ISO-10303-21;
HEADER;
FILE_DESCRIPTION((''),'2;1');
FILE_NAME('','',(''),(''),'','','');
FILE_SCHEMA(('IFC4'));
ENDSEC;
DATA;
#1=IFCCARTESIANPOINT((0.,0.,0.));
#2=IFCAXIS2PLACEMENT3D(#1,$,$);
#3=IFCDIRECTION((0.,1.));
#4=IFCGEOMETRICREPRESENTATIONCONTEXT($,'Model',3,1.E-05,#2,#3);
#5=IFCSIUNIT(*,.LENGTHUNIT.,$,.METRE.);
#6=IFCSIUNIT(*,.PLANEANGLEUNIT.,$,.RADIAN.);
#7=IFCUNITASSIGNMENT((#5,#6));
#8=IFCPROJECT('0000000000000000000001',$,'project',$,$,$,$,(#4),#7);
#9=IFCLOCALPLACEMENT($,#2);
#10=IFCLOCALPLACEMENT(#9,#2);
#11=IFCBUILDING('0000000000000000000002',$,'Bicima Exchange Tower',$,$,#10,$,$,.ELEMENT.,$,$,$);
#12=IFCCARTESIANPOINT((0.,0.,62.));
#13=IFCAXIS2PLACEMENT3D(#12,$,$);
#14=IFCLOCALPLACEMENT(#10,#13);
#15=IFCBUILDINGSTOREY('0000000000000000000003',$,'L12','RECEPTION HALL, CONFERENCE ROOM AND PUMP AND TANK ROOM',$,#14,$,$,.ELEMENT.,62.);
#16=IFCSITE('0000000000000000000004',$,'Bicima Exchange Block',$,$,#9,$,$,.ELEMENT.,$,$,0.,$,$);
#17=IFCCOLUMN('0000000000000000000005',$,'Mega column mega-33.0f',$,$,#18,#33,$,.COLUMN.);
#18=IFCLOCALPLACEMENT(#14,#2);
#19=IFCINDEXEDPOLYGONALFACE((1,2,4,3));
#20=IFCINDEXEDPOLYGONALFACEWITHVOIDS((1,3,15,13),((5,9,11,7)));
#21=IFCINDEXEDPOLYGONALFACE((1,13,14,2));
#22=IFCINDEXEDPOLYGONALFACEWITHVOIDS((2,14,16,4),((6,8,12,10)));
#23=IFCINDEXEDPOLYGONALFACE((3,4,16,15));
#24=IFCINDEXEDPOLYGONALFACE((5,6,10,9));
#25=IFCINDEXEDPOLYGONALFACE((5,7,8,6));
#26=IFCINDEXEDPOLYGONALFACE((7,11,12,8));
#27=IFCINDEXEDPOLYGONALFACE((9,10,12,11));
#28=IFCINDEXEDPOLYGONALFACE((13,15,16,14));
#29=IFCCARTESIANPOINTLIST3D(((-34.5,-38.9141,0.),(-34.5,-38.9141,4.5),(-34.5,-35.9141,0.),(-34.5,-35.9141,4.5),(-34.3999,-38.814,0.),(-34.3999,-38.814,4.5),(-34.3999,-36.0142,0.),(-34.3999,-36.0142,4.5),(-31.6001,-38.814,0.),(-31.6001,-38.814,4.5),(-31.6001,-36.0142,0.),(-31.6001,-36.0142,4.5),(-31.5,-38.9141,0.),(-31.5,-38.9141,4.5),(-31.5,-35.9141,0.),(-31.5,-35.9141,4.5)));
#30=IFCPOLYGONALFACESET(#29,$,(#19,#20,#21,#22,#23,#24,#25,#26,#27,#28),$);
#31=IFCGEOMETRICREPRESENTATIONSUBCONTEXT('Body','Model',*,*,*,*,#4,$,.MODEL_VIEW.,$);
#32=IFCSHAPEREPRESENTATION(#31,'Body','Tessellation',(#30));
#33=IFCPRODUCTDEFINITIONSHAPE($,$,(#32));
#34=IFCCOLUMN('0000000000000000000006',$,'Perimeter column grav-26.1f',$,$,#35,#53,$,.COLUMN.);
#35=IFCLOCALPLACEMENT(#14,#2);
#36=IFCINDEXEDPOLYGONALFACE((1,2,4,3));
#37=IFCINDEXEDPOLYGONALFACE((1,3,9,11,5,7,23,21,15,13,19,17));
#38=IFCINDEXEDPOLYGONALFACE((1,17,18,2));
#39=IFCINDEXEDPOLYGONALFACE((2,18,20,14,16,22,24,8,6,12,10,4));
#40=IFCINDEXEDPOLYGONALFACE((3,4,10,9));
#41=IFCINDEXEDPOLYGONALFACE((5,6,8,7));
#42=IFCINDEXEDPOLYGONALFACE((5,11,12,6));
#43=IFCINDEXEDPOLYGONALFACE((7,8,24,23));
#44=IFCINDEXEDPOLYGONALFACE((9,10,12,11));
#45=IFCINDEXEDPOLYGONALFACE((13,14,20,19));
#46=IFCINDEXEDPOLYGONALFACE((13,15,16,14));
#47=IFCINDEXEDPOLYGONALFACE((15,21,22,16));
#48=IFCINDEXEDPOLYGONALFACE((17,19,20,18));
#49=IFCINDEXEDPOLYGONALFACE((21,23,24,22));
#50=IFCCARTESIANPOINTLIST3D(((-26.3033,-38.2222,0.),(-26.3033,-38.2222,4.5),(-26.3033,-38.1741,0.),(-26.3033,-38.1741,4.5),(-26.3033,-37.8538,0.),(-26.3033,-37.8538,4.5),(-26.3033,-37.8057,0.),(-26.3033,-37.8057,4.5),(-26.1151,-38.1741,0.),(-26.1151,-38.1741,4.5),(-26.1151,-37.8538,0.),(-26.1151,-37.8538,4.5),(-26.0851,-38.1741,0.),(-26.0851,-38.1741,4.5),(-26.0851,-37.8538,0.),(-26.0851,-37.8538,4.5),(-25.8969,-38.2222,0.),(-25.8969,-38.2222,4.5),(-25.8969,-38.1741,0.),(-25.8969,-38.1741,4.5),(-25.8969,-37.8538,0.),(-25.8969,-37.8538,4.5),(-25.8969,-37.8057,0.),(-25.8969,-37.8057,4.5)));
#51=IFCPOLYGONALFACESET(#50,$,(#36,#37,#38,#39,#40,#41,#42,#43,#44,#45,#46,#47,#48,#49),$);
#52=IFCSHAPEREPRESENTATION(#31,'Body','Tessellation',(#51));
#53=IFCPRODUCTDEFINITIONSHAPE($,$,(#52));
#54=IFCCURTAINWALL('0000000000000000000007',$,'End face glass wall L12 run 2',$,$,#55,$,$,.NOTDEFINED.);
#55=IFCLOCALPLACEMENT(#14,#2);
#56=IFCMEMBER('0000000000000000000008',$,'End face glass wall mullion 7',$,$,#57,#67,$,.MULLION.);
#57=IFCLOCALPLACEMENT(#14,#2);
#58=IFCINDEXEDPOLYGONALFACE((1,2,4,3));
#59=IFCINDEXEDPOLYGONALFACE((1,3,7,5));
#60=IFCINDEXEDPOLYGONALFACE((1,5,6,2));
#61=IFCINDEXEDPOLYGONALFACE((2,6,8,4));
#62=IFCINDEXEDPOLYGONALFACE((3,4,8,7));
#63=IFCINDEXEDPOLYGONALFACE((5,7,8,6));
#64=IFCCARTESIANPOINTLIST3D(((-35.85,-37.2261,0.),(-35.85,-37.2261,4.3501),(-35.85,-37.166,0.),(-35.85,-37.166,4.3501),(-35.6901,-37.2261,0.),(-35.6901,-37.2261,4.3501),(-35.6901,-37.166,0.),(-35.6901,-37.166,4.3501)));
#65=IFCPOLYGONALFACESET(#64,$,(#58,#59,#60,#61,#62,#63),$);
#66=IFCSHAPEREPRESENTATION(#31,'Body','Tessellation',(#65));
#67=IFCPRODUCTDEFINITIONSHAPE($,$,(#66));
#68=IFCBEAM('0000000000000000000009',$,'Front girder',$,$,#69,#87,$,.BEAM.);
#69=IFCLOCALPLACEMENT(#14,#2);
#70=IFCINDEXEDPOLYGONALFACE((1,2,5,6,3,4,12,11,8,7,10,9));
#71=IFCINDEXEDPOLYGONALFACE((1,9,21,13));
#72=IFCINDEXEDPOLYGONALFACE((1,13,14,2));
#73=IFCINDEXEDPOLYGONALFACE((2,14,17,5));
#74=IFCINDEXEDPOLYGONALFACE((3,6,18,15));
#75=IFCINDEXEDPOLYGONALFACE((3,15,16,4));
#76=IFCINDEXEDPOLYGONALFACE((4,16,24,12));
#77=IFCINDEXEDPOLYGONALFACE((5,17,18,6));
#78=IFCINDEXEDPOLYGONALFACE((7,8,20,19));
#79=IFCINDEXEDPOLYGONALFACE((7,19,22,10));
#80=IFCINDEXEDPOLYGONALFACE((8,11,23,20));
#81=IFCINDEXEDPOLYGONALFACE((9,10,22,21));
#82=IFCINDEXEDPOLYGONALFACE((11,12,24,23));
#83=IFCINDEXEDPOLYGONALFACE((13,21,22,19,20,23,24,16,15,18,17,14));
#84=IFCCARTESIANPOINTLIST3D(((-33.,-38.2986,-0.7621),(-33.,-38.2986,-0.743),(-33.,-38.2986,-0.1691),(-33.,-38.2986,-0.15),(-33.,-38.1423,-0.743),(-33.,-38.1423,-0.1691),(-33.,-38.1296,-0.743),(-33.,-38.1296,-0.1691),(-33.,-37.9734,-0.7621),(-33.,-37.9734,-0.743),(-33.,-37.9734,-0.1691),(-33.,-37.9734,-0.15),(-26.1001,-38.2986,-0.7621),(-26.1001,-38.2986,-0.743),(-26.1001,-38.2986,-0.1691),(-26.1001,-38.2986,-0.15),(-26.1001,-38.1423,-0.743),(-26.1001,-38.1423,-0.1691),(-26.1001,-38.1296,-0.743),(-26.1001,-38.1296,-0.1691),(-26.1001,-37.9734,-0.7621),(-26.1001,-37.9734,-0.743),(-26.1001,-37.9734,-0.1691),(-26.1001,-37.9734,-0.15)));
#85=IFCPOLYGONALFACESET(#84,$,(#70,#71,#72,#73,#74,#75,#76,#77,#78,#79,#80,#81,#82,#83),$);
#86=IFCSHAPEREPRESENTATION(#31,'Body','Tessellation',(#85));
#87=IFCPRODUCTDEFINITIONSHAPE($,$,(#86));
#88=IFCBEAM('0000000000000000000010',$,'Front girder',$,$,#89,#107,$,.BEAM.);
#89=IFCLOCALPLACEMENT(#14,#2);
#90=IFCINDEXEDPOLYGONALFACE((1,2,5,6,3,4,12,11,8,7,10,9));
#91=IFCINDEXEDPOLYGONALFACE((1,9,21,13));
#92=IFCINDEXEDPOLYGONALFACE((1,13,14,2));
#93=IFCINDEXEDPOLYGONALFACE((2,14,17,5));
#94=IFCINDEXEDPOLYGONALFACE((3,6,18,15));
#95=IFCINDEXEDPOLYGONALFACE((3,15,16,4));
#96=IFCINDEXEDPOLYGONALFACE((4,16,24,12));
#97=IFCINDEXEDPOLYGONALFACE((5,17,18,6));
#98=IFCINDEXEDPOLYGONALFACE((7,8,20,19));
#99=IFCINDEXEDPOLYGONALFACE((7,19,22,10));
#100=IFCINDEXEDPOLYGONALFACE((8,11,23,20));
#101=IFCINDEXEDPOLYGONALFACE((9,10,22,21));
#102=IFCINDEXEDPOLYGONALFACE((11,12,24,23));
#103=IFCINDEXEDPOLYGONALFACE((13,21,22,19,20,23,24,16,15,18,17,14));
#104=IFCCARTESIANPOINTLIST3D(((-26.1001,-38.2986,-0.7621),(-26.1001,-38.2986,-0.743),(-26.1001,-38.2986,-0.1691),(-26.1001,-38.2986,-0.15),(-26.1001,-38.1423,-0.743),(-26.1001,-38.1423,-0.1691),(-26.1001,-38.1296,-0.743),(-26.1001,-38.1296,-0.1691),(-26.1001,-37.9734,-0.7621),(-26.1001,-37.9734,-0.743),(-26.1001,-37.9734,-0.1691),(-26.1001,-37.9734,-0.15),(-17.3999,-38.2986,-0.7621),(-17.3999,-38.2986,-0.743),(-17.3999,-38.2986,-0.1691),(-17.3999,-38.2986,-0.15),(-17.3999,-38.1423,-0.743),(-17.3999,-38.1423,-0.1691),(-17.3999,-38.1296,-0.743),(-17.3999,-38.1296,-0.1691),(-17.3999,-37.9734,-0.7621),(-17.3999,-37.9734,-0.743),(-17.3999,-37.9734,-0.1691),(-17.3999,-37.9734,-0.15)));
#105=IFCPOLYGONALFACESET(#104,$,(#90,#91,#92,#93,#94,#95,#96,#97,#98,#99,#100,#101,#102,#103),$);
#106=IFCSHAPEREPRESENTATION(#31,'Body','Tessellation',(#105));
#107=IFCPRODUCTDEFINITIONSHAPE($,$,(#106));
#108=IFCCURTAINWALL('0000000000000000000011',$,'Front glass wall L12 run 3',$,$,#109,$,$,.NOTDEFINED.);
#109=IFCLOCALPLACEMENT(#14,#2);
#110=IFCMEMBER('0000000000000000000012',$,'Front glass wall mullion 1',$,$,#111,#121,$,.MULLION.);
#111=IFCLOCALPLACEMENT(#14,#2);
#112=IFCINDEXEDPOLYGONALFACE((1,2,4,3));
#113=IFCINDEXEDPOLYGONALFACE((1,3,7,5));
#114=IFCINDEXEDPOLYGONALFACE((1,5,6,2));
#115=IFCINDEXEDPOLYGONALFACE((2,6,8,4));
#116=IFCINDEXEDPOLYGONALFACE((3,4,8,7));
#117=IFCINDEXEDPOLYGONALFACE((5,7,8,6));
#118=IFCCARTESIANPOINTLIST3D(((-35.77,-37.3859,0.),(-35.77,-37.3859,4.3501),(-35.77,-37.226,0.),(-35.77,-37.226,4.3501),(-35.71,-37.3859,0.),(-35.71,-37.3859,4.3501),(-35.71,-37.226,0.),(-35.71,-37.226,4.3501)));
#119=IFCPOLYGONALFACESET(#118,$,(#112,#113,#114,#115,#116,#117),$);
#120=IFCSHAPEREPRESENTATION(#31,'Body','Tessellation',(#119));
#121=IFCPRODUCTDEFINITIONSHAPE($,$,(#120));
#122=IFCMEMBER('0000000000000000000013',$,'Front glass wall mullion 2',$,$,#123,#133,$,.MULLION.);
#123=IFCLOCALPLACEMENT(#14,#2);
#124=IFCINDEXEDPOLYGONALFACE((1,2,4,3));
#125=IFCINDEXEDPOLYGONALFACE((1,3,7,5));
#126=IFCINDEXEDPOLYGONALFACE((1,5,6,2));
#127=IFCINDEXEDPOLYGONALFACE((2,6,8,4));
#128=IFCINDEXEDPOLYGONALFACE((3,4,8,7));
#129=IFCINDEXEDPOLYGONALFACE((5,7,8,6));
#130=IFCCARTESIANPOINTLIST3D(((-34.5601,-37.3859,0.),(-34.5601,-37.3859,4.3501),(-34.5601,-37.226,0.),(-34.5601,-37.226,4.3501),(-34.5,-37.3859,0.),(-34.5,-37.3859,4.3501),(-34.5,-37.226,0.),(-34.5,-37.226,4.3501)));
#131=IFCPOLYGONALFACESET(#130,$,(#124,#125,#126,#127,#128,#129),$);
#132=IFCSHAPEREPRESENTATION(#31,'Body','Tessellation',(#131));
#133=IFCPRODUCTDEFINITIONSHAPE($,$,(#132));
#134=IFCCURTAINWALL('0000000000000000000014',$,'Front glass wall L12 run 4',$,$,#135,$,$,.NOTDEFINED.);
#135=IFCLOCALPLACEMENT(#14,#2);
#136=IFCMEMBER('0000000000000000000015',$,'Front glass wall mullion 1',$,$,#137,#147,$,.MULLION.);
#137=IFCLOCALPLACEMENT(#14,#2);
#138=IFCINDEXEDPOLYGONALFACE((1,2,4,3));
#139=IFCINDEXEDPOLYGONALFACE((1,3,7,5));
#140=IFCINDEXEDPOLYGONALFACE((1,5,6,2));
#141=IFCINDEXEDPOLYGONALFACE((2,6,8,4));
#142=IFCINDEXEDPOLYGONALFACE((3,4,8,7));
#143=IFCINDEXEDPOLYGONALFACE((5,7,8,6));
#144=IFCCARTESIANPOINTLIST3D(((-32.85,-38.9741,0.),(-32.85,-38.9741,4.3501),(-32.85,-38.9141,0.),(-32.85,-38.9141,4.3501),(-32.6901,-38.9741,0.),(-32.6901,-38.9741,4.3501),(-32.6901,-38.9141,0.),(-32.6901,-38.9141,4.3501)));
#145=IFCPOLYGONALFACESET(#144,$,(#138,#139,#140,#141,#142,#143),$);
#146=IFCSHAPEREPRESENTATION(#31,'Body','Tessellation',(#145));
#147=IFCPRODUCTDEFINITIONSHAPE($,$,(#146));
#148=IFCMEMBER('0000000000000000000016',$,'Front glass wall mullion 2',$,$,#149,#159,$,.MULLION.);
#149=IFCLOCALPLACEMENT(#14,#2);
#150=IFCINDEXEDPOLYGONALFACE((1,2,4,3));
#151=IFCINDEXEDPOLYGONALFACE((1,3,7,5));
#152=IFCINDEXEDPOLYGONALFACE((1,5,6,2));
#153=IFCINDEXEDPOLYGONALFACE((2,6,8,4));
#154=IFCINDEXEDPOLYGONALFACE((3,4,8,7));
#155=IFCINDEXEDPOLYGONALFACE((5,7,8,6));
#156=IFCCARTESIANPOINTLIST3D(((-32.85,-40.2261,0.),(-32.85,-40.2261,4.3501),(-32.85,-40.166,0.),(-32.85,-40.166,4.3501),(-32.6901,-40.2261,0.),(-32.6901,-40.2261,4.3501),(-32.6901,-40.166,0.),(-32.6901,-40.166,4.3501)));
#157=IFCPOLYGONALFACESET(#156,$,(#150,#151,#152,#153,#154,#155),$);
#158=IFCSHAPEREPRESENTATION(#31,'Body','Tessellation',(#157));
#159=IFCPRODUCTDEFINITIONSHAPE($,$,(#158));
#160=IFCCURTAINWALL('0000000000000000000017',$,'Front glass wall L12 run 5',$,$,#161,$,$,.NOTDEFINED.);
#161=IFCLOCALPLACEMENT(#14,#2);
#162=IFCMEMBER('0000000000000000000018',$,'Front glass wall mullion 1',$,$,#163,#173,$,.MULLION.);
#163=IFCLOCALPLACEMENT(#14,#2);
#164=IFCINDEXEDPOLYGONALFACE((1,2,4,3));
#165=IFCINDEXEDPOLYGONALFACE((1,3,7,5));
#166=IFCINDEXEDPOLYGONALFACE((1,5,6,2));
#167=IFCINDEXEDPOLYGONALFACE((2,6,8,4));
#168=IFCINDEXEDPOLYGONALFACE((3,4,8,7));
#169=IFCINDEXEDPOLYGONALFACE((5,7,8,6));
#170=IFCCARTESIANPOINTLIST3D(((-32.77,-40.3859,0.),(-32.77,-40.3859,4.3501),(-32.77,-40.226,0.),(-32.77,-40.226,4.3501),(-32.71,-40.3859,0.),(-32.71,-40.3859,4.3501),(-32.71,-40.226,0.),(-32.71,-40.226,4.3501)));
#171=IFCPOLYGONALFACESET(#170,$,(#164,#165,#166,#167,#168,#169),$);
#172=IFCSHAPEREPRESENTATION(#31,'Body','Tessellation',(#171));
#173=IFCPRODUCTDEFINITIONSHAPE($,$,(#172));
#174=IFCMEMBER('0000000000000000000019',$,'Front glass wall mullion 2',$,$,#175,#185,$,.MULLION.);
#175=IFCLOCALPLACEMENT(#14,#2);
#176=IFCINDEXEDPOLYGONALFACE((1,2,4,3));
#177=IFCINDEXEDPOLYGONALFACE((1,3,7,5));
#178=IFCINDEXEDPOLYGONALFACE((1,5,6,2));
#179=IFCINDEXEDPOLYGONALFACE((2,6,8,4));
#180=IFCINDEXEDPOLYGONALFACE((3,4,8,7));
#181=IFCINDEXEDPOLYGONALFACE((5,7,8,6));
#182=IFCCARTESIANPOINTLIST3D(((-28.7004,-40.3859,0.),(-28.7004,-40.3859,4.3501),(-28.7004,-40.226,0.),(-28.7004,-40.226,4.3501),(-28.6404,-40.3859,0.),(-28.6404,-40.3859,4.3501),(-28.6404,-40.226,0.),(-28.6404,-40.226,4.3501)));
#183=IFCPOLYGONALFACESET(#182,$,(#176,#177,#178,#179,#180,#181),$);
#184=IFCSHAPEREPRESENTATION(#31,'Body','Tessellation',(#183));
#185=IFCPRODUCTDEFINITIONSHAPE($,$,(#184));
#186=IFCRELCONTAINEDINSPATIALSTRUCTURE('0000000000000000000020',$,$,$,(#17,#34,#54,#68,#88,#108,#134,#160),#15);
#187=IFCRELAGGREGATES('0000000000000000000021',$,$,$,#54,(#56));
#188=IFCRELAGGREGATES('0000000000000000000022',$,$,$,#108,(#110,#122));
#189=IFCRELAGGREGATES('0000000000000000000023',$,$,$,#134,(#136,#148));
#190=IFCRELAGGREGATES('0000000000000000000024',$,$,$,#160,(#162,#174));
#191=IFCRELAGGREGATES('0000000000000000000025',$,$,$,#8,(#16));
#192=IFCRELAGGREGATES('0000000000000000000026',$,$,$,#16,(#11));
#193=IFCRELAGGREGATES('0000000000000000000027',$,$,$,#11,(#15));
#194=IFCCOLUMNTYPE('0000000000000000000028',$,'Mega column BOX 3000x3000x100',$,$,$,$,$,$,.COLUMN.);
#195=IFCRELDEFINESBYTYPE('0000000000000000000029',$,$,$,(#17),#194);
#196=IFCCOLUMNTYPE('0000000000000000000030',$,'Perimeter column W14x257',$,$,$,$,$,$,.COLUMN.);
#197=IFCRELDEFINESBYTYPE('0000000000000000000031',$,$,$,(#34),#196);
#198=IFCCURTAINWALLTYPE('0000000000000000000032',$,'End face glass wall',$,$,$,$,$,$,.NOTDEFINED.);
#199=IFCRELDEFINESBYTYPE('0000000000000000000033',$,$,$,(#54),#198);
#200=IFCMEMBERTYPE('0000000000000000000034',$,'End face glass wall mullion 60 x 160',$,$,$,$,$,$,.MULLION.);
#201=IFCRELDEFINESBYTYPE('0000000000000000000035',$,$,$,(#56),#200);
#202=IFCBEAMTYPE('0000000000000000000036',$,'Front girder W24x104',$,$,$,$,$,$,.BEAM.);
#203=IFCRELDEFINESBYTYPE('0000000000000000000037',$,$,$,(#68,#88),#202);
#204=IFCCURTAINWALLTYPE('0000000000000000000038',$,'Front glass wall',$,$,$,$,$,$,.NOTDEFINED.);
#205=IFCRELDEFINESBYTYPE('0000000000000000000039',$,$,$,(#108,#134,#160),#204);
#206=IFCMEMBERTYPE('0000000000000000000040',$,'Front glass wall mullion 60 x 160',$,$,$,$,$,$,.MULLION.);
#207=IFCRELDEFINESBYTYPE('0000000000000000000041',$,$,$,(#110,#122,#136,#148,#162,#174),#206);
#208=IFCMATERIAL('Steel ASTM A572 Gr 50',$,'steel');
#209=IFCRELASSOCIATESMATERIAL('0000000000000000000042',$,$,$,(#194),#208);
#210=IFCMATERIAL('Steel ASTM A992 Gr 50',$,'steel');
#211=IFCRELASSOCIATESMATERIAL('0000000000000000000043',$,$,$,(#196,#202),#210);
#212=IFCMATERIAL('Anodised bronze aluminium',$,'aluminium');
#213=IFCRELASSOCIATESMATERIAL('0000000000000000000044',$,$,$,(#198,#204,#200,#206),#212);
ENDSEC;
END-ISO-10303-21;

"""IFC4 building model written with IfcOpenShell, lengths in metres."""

from ifc_helpers import new_model, si_unit, direction, frame, origin, origin_2d, place, context, subcontext, project, spatial, rectangle, hollow_rectangle, i_section, extrude, material, material_profile, profile_set, type_object, element, aggregate, save


model = new_model("IFC4")

# Units and contexts
model_context = context("Model", 3, precision=1e-05, world=origin(), true_north=direction((0.0, 1.0)))
body_context = subcontext(model_context, "Body", "Model", "MODEL_VIEW")
ifc_project = project(units=[si_unit("LENGTHUNIT", "METRE"), si_unit("PLANEANGLEUNIT", "RADIAN")], contexts=[model_context])

# Site, building, storey
site_placement = place(None, origin())
site = spatial("IfcSite", under=ifc_project, at=site_placement, Name="Bicima Exchange Block", CompositionType="ELEMENT", RefElevation=0.0)
building_placement = place(site_placement, origin())
building = spatial("IfcBuilding", under=site, at=building_placement, Name="Bicima Exchange Tower", CompositionType="ELEMENT")
storey_placement = place(building_placement, frame((0.0, 0.0, 62.0)))
storey = spatial("IfcBuildingStorey", under=building, at=storey_placement, Name="L12", Description="RECEPTION HALL, CONFERENCE ROOM AND PUMP AND TANK ROOM", CompositionType="ELEMENT", Elevation=62.0)

# Columns
ifc_material_1 = material(Name="Steel ASTM A572 Gr 50", Category="steel")
ifc_material_profile_1 = material_profile(ifc_material_1, hollow_rectangle(XDim=3.0, YDim=3.0, WallThickness=0.1001, at=origin_2d()))
ifc_profile_set_1 = profile_set([ifc_material_profile_1], Name="Steel ASTM A572 Gr 50")
column_type_1 = type_object("IfcColumnType", Name="Mega column BOX 3000x3000x100", PredefinedType="COLUMN", material=ifc_profile_set_1)
column_1_placement = place(storey_placement, frame((-33.0, -37.4141, 0.0), z_axis=(0.0, 0.0, 1.0), x_axis=(1.0, 0.0, 0.0)))
element("IfcColumn", 1, at=column_1_placement, inside=storey, type_object=column_type_1, Name="Mega column mega-33.0f", PredefinedType="COLUMN", context=body_context, shape_type="SweptSolid", body=[
    extrude(hollow_rectangle(XDim=3.0, YDim=3.0, WallThickness=0.1001, at=origin_2d()), origin(), (0.0, 0.0, 1.0), 4.5),
])
ifc_material_2 = material(Name="Steel ASTM A992 Gr 50", Category="steel")
ifc_material_profile_2 = material_profile(ifc_material_2, i_section(OverallWidth=0.4065, OverallDepth=0.4165, WebThickness=0.03, FlangeThickness=0.0481, at=origin_2d()))
ifc_profile_set_2 = profile_set([ifc_material_profile_2], Name="Steel ASTM A992 Gr 50")
column_type_2 = type_object("IfcColumnType", Name="Perimeter column W14x257", PredefinedType="COLUMN", material=ifc_profile_set_2)
column_2_placement = place(storey_placement, frame((-26.1001, -38.0139, 0.0), z_axis=(0.0, 0.0, 1.0), x_axis=(1.0, 0.0, 0.0)))
element("IfcColumn", 2, at=column_2_placement, inside=storey, type_object=column_type_2, Name="Perimeter column grav-26.1f", PredefinedType="COLUMN", context=body_context, shape_type="SweptSolid", body=[
    extrude(i_section(OverallWidth=0.4065, OverallDepth=0.4165, WebThickness=0.03, FlangeThickness=0.0481, at=origin_2d()), origin(), (0.0, 0.0, 1.0), 4.5),
])

# Curtain wall, member
ifc_material_3 = material(Name="Anodised bronze aluminium", Category="aluminium")
curtain_wall_type_1 = type_object("IfcCurtainWallType", Name="End face glass wall", PredefinedType="NOTDEFINED", material=ifc_material_3)
curtain_wall_1_placement = place(storey_placement, origin())
curtain_wall_1 = element("IfcCurtainWall", 3, at=curtain_wall_1_placement, inside=storey, type_object=curtain_wall_type_1, Name="End face glass wall L12 run 2", PredefinedType="NOTDEFINED")
ifc_material_profile_3 = material_profile(ifc_material_3, rectangle(XDim=0.1599, YDim=0.0601, at=origin_2d()))
ifc_profile_set_3 = profile_set([ifc_material_profile_3], Name="Anodised bronze aluminium")
member_type_1 = type_object("IfcMemberType", Name="End face glass wall mullion 60 x 160", PredefinedType="MULLION", material=ifc_profile_set_3)
member_1_placement = place(storey_placement, frame((-35.77, -37.196, 0.0), z_axis=(0.0, 0.0, 1.0), x_axis=(1.0, 0.0, 0.0)))
member_1 = element("IfcMember", 4, at=member_1_placement, type_object=member_type_1, Name="End face glass wall mullion 7", PredefinedType="MULLION", context=body_context, shape_type="SweptSolid", body=[
    extrude(rectangle(XDim=0.1599, YDim=0.0601, at=origin_2d()), origin(), (0.0, 0.0, 1.0), 4.3501),
])

# Beams
ifc_material_profile_4 = material_profile(ifc_material_2, i_section(OverallWidth=0.3252, OverallDepth=0.6121, WebThickness=0.0127, FlangeThickness=0.019, at=origin_2d()))
ifc_profile_set_4 = profile_set([ifc_material_profile_4], Name="Steel ASTM A992 Gr 50")
beam_type = type_object("IfcBeamType", Name="Front girder W24x104", PredefinedType="BEAM", material=ifc_profile_set_4)
beam_1_placement = place(storey_placement, frame((-33.0, -38.136, -0.4561), z_axis=(1.0, 0.0, 0.0), x_axis=(0.0, 1.0, 0.0)))
element("IfcBeam", 5, at=beam_1_placement, inside=storey, type_object=beam_type, Name="Front girder", PredefinedType="BEAM", context=body_context, shape_type="SweptSolid", body=[
    extrude(i_section(OverallWidth=0.3252, OverallDepth=0.6121, WebThickness=0.0127, FlangeThickness=0.019, at=origin_2d()), origin(), (0.0, 0.0, 1.0), 6.8999),
])
beam_2_placement = place(storey_placement, frame((-26.1001, -38.136, -0.4561), z_axis=(1.0, 0.0, 0.0), x_axis=(0.0, 1.0, 0.0)))
element("IfcBeam", 6, at=beam_2_placement, inside=storey, type_object=beam_type, Name="Front girder", PredefinedType="BEAM", context=body_context, shape_type="SweptSolid", body=[
    extrude(i_section(OverallWidth=0.3252, OverallDepth=0.6121, WebThickness=0.0127, FlangeThickness=0.019, at=origin_2d()), origin(), (0.0, 0.0, 1.0), 8.7002),
])

# Curtain walls, members
curtain_wall_type_2 = type_object("IfcCurtainWallType", Name="Front glass wall", PredefinedType="NOTDEFINED", material=ifc_material_3)
curtain_wall_2_placement = place(storey_placement, origin())
curtain_wall_2 = element("IfcCurtainWall", 7, at=curtain_wall_2_placement, inside=storey, type_object=curtain_wall_type_2, Name="Front glass wall L12 run 3", PredefinedType="NOTDEFINED")
member_type_2 = type_object("IfcMemberType", Name="Front glass wall mullion 60 x 160", PredefinedType="MULLION", material=ifc_profile_set_3)
member_2_placement = place(storey_placement, frame((-35.74, -37.3059, 0.0), z_axis=(0.0, 0.0, 1.0), x_axis=(0.0, 1.0, 0.0)))
member_2 = element("IfcMember", 8, at=member_2_placement, type_object=member_type_2, Name="Front glass wall mullion 1", PredefinedType="MULLION", context=body_context, shape_type="SweptSolid", body=[
    extrude(rectangle(XDim=0.1599, YDim=0.0601, at=origin_2d()), origin(), (0.0, 0.0, 1.0), 4.3501),
])
member_3_placement = place(storey_placement, frame((-34.53, -37.3059, 0.0), z_axis=(0.0, 0.0, 1.0), x_axis=(0.0, 1.0, 0.0)))
member_3 = element("IfcMember", 9, at=member_3_placement, type_object=member_type_2, Name="Front glass wall mullion 2", PredefinedType="MULLION", context=body_context, shape_type="SweptSolid", body=[
    extrude(rectangle(XDim=0.1599, YDim=0.0601, at=origin_2d()), origin(), (0.0, 0.0, 1.0), 4.3501),
])
curtain_wall_3_placement = place(storey_placement, origin())
curtain_wall_3 = element("IfcCurtainWall", 10, at=curtain_wall_3_placement, inside=storey, type_object=curtain_wall_type_2, Name="Front glass wall L12 run 4", PredefinedType="NOTDEFINED")
member_4_placement = place(storey_placement, frame((-32.77, -38.9441, 0.0), z_axis=(0.0, 0.0, 1.0), x_axis=(1.0, 0.0, 0.0)))
member_4 = element("IfcMember", 11, at=member_4_placement, type_object=member_type_2, Name="Front glass wall mullion 1", PredefinedType="MULLION", context=body_context, shape_type="SweptSolid", body=[
    extrude(rectangle(XDim=0.1599, YDim=0.0601, at=origin_2d()), origin(), (0.0, 0.0, 1.0), 4.3501),
])
member_5_placement = place(storey_placement, frame((-32.77, -40.196, 0.0), z_axis=(0.0, 0.0, 1.0), x_axis=(1.0, 0.0, 0.0)))
member_5 = element("IfcMember", 12, at=member_5_placement, type_object=member_type_2, Name="Front glass wall mullion 2", PredefinedType="MULLION", context=body_context, shape_type="SweptSolid", body=[
    extrude(rectangle(XDim=0.1599, YDim=0.0601, at=origin_2d()), origin(), (0.0, 0.0, 1.0), 4.3501),
])
curtain_wall_4_placement = place(storey_placement, origin())
curtain_wall_4 = element("IfcCurtainWall", 13, at=curtain_wall_4_placement, inside=storey, type_object=curtain_wall_type_2, Name="Front glass wall L12 run 5", PredefinedType="NOTDEFINED")
member_6_placement = place(storey_placement, frame((-32.74, -40.3059, 0.0), z_axis=(0.0, 0.0, 1.0), x_axis=(0.0, 1.0, 0.0)))
member_6 = element("IfcMember", 14, at=member_6_placement, type_object=member_type_2, Name="Front glass wall mullion 1", PredefinedType="MULLION", context=body_context, shape_type="SweptSolid", body=[
    extrude(rectangle(XDim=0.1599, YDim=0.0601, at=origin_2d()), origin(), (0.0, 0.0, 1.0), 4.3501),
])
member_7_placement = place(storey_placement, frame((-28.6704, -40.3059, 0.0), z_axis=(0.0, 0.0, 1.0), x_axis=(0.0, 1.0, 0.0)))
member_7 = element("IfcMember", 15, at=member_7_placement, type_object=member_type_2, Name="Front glass wall mullion 2", PredefinedType="MULLION", context=body_context, shape_type="SweptSolid", body=[
    extrude(rectangle(XDim=0.1599, YDim=0.0601, at=origin_2d()), origin(), (0.0, 0.0, 1.0), 4.3501),
])

aggregate(curtain_wall_1, [member_1])
aggregate(curtain_wall_2, [member_2, member_3])
aggregate(curtain_wall_3, [member_4, member_5])
aggregate(curtain_wall_4, [member_6, member_7])

save(model, "model.ifc")
